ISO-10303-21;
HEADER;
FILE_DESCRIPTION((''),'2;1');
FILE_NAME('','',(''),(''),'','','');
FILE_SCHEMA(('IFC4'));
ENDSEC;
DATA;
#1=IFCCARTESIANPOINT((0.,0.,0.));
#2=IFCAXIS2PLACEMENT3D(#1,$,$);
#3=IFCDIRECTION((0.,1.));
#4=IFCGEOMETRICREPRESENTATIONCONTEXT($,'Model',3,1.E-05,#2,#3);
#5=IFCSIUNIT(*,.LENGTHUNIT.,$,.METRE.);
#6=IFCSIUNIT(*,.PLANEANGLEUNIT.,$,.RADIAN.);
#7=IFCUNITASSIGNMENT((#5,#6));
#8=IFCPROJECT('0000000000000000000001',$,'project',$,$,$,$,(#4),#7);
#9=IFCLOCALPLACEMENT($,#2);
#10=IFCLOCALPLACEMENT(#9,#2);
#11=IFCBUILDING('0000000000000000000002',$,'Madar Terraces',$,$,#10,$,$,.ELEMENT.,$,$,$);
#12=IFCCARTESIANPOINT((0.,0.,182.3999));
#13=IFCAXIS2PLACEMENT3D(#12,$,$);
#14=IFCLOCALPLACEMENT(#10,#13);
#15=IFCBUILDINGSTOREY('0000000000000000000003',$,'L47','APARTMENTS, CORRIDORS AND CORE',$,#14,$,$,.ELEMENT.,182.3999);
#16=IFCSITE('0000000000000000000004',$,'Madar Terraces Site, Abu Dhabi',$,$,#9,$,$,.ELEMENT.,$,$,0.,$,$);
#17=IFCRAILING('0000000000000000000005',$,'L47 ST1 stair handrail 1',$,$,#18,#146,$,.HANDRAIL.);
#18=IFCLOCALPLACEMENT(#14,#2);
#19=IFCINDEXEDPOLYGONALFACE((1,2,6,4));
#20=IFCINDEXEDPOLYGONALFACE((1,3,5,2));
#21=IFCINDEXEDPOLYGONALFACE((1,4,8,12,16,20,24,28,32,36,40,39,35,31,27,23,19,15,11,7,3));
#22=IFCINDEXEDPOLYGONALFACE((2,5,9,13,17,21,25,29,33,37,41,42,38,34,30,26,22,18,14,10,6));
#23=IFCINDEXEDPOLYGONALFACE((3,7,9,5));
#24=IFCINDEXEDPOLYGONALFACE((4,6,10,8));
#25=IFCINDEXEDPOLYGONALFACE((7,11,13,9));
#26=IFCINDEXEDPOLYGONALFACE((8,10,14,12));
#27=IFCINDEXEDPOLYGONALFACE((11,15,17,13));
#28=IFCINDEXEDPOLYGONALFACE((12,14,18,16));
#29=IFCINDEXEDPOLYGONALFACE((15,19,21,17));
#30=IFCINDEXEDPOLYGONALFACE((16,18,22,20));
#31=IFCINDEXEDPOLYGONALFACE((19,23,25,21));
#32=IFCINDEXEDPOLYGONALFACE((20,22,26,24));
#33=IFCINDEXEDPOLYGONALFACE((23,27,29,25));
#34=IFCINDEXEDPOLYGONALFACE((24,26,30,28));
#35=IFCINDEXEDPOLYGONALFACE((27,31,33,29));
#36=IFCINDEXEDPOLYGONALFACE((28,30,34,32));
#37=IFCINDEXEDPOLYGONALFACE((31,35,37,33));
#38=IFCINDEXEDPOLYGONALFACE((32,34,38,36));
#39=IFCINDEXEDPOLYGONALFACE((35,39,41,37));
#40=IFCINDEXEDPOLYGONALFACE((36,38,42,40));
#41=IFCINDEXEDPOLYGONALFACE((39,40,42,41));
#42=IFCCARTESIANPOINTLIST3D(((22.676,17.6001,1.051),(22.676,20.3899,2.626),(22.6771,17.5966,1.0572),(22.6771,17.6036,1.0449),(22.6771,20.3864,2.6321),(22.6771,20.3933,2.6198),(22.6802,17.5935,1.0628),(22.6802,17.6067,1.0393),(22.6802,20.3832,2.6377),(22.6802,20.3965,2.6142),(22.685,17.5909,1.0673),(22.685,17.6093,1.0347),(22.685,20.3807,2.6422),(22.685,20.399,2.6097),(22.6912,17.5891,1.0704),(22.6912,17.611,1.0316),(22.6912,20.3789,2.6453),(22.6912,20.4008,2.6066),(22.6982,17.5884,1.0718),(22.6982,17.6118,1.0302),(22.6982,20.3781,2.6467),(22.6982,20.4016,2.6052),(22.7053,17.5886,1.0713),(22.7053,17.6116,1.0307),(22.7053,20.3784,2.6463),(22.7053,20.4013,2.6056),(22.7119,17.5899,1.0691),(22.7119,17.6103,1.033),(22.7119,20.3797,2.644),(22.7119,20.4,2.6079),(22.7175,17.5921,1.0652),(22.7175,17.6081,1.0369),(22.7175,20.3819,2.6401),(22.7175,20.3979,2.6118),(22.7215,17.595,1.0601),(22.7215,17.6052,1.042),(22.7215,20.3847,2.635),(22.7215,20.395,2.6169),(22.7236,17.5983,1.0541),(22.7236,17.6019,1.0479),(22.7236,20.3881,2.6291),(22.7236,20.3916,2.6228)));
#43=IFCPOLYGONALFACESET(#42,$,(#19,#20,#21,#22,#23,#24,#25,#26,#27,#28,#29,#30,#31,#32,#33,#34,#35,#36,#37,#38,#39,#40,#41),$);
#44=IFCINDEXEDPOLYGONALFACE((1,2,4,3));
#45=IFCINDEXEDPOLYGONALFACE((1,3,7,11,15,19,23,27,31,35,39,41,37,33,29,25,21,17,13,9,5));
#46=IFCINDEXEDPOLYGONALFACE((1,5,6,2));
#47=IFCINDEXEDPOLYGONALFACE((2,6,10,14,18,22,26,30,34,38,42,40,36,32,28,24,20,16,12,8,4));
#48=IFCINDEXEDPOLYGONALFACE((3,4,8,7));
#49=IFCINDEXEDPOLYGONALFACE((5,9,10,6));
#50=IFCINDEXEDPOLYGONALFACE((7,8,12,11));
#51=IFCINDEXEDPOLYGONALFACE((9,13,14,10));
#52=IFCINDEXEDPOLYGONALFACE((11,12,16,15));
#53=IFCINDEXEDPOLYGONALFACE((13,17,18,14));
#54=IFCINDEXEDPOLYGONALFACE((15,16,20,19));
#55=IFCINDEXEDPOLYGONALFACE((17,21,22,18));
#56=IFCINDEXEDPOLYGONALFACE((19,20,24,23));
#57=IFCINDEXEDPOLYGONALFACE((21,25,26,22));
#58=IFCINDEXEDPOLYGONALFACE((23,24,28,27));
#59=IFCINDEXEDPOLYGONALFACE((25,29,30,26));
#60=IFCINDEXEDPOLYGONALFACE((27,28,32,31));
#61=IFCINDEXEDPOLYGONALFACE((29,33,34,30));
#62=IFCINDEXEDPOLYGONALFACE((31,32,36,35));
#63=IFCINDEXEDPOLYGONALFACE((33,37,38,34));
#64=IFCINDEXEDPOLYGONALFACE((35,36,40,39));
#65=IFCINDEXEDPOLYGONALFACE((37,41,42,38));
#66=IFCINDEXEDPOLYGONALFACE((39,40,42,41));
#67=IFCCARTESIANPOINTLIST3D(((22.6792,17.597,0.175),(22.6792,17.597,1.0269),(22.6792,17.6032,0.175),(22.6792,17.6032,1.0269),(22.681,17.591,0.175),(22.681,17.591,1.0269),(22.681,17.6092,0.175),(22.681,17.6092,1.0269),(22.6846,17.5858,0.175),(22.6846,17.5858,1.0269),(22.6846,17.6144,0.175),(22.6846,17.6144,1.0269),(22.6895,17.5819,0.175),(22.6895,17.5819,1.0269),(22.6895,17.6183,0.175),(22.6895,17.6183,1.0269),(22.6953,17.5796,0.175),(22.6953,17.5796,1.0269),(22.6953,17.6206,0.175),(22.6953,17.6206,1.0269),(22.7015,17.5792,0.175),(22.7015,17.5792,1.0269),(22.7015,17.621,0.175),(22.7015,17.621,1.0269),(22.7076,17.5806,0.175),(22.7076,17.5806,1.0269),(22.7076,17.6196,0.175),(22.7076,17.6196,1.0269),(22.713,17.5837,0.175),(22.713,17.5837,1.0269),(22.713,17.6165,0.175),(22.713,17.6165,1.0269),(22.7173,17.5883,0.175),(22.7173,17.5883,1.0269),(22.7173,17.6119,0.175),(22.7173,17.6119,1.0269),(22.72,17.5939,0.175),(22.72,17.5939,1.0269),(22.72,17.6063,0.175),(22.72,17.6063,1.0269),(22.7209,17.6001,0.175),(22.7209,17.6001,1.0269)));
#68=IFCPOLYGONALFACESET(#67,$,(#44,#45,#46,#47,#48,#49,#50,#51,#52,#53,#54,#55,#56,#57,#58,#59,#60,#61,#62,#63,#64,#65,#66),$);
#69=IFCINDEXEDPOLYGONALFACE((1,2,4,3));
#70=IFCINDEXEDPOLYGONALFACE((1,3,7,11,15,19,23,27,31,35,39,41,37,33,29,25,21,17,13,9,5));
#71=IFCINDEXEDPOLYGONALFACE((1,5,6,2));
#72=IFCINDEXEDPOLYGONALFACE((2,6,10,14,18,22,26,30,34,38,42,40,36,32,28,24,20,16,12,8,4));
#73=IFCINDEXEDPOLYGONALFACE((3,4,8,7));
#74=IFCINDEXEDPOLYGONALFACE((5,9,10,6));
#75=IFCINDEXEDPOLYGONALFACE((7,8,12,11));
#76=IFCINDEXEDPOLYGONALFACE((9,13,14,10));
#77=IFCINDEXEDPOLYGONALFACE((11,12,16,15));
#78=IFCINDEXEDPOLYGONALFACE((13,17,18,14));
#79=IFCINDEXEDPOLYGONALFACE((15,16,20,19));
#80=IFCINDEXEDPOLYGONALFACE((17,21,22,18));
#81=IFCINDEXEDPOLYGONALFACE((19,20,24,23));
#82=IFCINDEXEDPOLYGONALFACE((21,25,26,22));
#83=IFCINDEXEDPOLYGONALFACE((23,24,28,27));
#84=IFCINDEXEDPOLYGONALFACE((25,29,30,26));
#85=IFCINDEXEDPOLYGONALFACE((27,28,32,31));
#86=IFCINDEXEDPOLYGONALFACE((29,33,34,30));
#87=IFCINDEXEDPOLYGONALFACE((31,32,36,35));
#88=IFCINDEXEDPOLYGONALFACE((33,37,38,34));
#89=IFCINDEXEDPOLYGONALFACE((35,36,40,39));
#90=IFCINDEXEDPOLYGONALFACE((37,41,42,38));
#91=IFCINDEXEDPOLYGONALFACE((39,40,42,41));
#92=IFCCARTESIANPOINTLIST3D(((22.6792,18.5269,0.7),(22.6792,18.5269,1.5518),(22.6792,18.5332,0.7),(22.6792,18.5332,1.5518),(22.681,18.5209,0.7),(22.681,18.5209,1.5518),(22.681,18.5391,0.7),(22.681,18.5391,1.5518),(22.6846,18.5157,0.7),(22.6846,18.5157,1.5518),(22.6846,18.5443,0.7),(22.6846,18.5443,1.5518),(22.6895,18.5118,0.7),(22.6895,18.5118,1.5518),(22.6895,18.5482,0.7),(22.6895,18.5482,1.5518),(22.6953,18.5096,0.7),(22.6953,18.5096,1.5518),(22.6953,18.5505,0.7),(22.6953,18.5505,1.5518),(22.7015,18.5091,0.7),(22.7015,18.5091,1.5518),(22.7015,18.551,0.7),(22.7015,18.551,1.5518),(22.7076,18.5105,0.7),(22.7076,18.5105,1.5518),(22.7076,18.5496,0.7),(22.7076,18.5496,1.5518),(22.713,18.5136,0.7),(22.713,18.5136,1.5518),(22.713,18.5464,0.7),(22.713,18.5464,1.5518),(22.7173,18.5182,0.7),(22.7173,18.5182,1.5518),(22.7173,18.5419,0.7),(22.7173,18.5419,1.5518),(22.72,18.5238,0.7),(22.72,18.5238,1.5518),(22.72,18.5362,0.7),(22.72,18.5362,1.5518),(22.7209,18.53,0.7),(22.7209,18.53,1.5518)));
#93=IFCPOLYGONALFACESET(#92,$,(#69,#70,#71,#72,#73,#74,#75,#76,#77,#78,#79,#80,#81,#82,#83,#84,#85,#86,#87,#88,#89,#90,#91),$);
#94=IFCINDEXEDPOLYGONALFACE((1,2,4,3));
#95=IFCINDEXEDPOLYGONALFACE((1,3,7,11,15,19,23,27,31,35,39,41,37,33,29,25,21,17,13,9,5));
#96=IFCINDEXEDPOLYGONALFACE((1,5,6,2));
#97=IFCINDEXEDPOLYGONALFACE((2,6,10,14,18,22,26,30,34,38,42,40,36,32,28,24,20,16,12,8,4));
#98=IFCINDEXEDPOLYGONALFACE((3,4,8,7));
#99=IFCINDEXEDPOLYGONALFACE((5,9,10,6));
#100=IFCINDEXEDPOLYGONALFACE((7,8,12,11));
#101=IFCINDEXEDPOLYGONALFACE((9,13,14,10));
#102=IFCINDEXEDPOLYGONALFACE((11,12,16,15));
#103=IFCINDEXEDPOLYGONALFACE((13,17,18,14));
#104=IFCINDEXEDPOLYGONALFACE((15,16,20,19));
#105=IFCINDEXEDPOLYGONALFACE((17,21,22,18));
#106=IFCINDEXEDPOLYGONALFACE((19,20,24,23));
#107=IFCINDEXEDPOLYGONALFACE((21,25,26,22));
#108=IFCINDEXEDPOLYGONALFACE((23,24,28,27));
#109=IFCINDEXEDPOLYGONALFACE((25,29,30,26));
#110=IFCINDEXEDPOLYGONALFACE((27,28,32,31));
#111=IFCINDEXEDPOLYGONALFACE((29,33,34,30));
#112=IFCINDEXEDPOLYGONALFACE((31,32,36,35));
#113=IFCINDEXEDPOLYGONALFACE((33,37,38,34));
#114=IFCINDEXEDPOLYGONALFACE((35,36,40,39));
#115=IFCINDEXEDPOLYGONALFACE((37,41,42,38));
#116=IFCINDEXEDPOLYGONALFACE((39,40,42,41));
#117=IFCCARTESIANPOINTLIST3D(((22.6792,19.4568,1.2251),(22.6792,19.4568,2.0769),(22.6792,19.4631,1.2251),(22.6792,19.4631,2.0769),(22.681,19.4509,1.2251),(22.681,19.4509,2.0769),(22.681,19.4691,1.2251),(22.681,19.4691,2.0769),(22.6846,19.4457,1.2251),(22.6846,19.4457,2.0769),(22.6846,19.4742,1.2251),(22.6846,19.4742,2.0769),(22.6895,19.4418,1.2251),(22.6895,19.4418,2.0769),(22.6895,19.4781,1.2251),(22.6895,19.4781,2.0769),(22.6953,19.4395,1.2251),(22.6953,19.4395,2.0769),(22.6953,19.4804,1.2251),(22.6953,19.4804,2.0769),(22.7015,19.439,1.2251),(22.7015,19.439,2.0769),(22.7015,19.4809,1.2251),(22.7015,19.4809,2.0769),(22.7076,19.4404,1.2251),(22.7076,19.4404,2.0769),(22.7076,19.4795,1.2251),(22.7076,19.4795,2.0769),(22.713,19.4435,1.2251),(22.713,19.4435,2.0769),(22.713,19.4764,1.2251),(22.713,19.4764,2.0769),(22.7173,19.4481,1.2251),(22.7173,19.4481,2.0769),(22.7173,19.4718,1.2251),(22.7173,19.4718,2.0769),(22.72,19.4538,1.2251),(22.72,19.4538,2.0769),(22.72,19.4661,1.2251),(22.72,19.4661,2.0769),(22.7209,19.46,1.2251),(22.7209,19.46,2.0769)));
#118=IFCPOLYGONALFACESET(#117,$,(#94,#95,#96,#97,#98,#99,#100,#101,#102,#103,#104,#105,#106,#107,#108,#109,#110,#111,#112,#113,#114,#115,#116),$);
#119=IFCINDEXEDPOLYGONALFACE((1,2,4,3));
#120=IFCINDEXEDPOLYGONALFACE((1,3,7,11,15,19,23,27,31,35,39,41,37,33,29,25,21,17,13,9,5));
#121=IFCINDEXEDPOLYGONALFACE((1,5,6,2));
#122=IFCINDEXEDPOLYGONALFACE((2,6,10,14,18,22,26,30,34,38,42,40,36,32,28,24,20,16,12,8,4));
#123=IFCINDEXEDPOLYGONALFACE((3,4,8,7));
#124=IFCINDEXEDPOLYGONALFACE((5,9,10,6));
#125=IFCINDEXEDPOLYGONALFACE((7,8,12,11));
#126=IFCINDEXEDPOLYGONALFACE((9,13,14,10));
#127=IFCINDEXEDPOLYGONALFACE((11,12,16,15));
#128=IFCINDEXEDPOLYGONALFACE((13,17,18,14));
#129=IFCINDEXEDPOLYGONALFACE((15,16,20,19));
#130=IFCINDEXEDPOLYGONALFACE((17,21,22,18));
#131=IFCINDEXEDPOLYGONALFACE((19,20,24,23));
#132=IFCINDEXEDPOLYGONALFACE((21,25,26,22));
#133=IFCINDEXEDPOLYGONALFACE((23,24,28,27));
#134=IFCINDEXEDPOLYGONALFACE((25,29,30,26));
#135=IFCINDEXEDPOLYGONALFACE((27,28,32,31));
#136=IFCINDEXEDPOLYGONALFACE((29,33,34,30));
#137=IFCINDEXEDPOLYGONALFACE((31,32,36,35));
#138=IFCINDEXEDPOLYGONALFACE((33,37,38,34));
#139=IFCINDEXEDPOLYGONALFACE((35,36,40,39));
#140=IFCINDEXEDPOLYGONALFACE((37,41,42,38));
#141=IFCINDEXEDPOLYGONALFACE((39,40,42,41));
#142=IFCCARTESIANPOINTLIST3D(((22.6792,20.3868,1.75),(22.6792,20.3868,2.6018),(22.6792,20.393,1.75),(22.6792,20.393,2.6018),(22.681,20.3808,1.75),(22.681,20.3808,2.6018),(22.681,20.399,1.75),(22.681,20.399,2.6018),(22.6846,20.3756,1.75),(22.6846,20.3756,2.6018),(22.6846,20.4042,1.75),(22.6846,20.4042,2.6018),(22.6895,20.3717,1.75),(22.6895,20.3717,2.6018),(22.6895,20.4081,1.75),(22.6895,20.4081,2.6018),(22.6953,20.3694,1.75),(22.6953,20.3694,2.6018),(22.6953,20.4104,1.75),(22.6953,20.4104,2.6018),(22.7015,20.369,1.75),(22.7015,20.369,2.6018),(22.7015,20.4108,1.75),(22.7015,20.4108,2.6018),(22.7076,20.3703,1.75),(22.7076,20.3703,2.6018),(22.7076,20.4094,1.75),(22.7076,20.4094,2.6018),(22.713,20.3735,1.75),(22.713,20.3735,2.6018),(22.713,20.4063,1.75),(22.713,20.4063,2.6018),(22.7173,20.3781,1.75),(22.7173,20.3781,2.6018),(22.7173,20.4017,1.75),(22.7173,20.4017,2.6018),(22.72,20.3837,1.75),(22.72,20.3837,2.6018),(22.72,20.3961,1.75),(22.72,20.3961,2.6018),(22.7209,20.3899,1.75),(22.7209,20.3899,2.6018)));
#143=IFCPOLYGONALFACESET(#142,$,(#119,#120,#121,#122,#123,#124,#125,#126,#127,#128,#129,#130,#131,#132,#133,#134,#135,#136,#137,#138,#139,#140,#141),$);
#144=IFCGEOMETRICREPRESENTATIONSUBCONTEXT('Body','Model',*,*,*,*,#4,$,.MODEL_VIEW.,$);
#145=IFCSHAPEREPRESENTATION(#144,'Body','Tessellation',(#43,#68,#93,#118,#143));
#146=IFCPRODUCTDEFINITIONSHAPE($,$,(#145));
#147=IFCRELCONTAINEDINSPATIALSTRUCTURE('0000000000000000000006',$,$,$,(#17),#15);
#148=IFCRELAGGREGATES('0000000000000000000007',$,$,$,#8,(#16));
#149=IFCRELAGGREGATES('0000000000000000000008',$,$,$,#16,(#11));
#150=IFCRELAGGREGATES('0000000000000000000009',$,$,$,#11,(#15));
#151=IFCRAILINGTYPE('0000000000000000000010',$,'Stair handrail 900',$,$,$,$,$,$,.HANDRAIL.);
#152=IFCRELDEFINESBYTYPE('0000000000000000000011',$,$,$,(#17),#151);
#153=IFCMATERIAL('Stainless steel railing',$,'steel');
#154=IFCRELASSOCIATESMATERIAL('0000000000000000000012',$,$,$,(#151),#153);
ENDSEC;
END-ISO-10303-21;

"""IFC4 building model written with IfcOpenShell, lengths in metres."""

from ifc_helpers import new_model, si_unit, direction, frame, origin, origin_2d, place, context, subcontext, project, spatial, circle, extrude, material, type_object, element, save


model = new_model("IFC4")

# Units and contexts
model_context = context("Model", 3, precision=1e-05, world=origin(), true_north=direction((0.0, 1.0)))
body_context = subcontext(model_context, "Body", "Model", "MODEL_VIEW")
ifc_project = project(units=[si_unit("LENGTHUNIT", "METRE"), si_unit("PLANEANGLEUNIT", "RADIAN")], contexts=[model_context])

# Site, building, storey
site_placement = place(None, origin())
site = spatial("IfcSite", under=ifc_project, at=site_placement, Name="Madar Terraces Site, Abu Dhabi", CompositionType="ELEMENT", RefElevation=0.0)
building_placement = place(site_placement, origin())
building = spatial("IfcBuilding", under=site, at=building_placement, Name="Madar Terraces", CompositionType="ELEMENT")
storey_placement = place(building_placement, frame((0.0, 0.0, 182.3999)))
storey = spatial("IfcBuildingStorey", under=building, at=storey_placement, Name="L47", Description="APARTMENTS, CORRIDORS AND CORE", CompositionType="ELEMENT", Elevation=182.3999)

# Railing
ifc_material_1 = material(Name="Stainless steel railing", Category="steel")
railing_type_1 = type_object("IfcRailingType", Name="Stair handrail 900", PredefinedType="HANDRAIL", material=ifc_material_1)
railing_1_placement = place(storey_placement, frame((22.7, 17.6001, 0.175)))
element("IfcRailing", 1, at=railing_1_placement, inside=storey, type_object=railing_type_1, Name="L47 ST1 stair handrail 1", PredefinedType="HANDRAIL", context=body_context, shape_type="SweptSolid", body=[
    extrude(circle(Radius=0.0239, at=origin_2d()), frame((0.0, 0.0, 0.876), z_axis=(0.0, 0.870815, 0.49161), x_axis=(-1.0, 0.0, 0.0)), (0.0, 0.0, 1.0), 3.2036),
    extrude(circle(Radius=0.021, at=origin_2d()), origin(), (0.0, 0.0, 1.0), 0.8518),
    extrude(circle(Radius=0.021, at=origin_2d()), frame((0.0, 0.9299, 0.5249)), (0.0, 0.0, 1.0), 0.8518),
    extrude(circle(Radius=0.021, at=origin_2d()), frame((0.0, 1.8599, 1.05)), (0.0, 0.0, 1.0), 0.8518),
    extrude(circle(Radius=0.021, at=origin_2d()), frame((0.0, 2.7898, 1.575)), (0.0, 0.0, 1.0), 0.8518),
])

save(model, "model.ifc")
